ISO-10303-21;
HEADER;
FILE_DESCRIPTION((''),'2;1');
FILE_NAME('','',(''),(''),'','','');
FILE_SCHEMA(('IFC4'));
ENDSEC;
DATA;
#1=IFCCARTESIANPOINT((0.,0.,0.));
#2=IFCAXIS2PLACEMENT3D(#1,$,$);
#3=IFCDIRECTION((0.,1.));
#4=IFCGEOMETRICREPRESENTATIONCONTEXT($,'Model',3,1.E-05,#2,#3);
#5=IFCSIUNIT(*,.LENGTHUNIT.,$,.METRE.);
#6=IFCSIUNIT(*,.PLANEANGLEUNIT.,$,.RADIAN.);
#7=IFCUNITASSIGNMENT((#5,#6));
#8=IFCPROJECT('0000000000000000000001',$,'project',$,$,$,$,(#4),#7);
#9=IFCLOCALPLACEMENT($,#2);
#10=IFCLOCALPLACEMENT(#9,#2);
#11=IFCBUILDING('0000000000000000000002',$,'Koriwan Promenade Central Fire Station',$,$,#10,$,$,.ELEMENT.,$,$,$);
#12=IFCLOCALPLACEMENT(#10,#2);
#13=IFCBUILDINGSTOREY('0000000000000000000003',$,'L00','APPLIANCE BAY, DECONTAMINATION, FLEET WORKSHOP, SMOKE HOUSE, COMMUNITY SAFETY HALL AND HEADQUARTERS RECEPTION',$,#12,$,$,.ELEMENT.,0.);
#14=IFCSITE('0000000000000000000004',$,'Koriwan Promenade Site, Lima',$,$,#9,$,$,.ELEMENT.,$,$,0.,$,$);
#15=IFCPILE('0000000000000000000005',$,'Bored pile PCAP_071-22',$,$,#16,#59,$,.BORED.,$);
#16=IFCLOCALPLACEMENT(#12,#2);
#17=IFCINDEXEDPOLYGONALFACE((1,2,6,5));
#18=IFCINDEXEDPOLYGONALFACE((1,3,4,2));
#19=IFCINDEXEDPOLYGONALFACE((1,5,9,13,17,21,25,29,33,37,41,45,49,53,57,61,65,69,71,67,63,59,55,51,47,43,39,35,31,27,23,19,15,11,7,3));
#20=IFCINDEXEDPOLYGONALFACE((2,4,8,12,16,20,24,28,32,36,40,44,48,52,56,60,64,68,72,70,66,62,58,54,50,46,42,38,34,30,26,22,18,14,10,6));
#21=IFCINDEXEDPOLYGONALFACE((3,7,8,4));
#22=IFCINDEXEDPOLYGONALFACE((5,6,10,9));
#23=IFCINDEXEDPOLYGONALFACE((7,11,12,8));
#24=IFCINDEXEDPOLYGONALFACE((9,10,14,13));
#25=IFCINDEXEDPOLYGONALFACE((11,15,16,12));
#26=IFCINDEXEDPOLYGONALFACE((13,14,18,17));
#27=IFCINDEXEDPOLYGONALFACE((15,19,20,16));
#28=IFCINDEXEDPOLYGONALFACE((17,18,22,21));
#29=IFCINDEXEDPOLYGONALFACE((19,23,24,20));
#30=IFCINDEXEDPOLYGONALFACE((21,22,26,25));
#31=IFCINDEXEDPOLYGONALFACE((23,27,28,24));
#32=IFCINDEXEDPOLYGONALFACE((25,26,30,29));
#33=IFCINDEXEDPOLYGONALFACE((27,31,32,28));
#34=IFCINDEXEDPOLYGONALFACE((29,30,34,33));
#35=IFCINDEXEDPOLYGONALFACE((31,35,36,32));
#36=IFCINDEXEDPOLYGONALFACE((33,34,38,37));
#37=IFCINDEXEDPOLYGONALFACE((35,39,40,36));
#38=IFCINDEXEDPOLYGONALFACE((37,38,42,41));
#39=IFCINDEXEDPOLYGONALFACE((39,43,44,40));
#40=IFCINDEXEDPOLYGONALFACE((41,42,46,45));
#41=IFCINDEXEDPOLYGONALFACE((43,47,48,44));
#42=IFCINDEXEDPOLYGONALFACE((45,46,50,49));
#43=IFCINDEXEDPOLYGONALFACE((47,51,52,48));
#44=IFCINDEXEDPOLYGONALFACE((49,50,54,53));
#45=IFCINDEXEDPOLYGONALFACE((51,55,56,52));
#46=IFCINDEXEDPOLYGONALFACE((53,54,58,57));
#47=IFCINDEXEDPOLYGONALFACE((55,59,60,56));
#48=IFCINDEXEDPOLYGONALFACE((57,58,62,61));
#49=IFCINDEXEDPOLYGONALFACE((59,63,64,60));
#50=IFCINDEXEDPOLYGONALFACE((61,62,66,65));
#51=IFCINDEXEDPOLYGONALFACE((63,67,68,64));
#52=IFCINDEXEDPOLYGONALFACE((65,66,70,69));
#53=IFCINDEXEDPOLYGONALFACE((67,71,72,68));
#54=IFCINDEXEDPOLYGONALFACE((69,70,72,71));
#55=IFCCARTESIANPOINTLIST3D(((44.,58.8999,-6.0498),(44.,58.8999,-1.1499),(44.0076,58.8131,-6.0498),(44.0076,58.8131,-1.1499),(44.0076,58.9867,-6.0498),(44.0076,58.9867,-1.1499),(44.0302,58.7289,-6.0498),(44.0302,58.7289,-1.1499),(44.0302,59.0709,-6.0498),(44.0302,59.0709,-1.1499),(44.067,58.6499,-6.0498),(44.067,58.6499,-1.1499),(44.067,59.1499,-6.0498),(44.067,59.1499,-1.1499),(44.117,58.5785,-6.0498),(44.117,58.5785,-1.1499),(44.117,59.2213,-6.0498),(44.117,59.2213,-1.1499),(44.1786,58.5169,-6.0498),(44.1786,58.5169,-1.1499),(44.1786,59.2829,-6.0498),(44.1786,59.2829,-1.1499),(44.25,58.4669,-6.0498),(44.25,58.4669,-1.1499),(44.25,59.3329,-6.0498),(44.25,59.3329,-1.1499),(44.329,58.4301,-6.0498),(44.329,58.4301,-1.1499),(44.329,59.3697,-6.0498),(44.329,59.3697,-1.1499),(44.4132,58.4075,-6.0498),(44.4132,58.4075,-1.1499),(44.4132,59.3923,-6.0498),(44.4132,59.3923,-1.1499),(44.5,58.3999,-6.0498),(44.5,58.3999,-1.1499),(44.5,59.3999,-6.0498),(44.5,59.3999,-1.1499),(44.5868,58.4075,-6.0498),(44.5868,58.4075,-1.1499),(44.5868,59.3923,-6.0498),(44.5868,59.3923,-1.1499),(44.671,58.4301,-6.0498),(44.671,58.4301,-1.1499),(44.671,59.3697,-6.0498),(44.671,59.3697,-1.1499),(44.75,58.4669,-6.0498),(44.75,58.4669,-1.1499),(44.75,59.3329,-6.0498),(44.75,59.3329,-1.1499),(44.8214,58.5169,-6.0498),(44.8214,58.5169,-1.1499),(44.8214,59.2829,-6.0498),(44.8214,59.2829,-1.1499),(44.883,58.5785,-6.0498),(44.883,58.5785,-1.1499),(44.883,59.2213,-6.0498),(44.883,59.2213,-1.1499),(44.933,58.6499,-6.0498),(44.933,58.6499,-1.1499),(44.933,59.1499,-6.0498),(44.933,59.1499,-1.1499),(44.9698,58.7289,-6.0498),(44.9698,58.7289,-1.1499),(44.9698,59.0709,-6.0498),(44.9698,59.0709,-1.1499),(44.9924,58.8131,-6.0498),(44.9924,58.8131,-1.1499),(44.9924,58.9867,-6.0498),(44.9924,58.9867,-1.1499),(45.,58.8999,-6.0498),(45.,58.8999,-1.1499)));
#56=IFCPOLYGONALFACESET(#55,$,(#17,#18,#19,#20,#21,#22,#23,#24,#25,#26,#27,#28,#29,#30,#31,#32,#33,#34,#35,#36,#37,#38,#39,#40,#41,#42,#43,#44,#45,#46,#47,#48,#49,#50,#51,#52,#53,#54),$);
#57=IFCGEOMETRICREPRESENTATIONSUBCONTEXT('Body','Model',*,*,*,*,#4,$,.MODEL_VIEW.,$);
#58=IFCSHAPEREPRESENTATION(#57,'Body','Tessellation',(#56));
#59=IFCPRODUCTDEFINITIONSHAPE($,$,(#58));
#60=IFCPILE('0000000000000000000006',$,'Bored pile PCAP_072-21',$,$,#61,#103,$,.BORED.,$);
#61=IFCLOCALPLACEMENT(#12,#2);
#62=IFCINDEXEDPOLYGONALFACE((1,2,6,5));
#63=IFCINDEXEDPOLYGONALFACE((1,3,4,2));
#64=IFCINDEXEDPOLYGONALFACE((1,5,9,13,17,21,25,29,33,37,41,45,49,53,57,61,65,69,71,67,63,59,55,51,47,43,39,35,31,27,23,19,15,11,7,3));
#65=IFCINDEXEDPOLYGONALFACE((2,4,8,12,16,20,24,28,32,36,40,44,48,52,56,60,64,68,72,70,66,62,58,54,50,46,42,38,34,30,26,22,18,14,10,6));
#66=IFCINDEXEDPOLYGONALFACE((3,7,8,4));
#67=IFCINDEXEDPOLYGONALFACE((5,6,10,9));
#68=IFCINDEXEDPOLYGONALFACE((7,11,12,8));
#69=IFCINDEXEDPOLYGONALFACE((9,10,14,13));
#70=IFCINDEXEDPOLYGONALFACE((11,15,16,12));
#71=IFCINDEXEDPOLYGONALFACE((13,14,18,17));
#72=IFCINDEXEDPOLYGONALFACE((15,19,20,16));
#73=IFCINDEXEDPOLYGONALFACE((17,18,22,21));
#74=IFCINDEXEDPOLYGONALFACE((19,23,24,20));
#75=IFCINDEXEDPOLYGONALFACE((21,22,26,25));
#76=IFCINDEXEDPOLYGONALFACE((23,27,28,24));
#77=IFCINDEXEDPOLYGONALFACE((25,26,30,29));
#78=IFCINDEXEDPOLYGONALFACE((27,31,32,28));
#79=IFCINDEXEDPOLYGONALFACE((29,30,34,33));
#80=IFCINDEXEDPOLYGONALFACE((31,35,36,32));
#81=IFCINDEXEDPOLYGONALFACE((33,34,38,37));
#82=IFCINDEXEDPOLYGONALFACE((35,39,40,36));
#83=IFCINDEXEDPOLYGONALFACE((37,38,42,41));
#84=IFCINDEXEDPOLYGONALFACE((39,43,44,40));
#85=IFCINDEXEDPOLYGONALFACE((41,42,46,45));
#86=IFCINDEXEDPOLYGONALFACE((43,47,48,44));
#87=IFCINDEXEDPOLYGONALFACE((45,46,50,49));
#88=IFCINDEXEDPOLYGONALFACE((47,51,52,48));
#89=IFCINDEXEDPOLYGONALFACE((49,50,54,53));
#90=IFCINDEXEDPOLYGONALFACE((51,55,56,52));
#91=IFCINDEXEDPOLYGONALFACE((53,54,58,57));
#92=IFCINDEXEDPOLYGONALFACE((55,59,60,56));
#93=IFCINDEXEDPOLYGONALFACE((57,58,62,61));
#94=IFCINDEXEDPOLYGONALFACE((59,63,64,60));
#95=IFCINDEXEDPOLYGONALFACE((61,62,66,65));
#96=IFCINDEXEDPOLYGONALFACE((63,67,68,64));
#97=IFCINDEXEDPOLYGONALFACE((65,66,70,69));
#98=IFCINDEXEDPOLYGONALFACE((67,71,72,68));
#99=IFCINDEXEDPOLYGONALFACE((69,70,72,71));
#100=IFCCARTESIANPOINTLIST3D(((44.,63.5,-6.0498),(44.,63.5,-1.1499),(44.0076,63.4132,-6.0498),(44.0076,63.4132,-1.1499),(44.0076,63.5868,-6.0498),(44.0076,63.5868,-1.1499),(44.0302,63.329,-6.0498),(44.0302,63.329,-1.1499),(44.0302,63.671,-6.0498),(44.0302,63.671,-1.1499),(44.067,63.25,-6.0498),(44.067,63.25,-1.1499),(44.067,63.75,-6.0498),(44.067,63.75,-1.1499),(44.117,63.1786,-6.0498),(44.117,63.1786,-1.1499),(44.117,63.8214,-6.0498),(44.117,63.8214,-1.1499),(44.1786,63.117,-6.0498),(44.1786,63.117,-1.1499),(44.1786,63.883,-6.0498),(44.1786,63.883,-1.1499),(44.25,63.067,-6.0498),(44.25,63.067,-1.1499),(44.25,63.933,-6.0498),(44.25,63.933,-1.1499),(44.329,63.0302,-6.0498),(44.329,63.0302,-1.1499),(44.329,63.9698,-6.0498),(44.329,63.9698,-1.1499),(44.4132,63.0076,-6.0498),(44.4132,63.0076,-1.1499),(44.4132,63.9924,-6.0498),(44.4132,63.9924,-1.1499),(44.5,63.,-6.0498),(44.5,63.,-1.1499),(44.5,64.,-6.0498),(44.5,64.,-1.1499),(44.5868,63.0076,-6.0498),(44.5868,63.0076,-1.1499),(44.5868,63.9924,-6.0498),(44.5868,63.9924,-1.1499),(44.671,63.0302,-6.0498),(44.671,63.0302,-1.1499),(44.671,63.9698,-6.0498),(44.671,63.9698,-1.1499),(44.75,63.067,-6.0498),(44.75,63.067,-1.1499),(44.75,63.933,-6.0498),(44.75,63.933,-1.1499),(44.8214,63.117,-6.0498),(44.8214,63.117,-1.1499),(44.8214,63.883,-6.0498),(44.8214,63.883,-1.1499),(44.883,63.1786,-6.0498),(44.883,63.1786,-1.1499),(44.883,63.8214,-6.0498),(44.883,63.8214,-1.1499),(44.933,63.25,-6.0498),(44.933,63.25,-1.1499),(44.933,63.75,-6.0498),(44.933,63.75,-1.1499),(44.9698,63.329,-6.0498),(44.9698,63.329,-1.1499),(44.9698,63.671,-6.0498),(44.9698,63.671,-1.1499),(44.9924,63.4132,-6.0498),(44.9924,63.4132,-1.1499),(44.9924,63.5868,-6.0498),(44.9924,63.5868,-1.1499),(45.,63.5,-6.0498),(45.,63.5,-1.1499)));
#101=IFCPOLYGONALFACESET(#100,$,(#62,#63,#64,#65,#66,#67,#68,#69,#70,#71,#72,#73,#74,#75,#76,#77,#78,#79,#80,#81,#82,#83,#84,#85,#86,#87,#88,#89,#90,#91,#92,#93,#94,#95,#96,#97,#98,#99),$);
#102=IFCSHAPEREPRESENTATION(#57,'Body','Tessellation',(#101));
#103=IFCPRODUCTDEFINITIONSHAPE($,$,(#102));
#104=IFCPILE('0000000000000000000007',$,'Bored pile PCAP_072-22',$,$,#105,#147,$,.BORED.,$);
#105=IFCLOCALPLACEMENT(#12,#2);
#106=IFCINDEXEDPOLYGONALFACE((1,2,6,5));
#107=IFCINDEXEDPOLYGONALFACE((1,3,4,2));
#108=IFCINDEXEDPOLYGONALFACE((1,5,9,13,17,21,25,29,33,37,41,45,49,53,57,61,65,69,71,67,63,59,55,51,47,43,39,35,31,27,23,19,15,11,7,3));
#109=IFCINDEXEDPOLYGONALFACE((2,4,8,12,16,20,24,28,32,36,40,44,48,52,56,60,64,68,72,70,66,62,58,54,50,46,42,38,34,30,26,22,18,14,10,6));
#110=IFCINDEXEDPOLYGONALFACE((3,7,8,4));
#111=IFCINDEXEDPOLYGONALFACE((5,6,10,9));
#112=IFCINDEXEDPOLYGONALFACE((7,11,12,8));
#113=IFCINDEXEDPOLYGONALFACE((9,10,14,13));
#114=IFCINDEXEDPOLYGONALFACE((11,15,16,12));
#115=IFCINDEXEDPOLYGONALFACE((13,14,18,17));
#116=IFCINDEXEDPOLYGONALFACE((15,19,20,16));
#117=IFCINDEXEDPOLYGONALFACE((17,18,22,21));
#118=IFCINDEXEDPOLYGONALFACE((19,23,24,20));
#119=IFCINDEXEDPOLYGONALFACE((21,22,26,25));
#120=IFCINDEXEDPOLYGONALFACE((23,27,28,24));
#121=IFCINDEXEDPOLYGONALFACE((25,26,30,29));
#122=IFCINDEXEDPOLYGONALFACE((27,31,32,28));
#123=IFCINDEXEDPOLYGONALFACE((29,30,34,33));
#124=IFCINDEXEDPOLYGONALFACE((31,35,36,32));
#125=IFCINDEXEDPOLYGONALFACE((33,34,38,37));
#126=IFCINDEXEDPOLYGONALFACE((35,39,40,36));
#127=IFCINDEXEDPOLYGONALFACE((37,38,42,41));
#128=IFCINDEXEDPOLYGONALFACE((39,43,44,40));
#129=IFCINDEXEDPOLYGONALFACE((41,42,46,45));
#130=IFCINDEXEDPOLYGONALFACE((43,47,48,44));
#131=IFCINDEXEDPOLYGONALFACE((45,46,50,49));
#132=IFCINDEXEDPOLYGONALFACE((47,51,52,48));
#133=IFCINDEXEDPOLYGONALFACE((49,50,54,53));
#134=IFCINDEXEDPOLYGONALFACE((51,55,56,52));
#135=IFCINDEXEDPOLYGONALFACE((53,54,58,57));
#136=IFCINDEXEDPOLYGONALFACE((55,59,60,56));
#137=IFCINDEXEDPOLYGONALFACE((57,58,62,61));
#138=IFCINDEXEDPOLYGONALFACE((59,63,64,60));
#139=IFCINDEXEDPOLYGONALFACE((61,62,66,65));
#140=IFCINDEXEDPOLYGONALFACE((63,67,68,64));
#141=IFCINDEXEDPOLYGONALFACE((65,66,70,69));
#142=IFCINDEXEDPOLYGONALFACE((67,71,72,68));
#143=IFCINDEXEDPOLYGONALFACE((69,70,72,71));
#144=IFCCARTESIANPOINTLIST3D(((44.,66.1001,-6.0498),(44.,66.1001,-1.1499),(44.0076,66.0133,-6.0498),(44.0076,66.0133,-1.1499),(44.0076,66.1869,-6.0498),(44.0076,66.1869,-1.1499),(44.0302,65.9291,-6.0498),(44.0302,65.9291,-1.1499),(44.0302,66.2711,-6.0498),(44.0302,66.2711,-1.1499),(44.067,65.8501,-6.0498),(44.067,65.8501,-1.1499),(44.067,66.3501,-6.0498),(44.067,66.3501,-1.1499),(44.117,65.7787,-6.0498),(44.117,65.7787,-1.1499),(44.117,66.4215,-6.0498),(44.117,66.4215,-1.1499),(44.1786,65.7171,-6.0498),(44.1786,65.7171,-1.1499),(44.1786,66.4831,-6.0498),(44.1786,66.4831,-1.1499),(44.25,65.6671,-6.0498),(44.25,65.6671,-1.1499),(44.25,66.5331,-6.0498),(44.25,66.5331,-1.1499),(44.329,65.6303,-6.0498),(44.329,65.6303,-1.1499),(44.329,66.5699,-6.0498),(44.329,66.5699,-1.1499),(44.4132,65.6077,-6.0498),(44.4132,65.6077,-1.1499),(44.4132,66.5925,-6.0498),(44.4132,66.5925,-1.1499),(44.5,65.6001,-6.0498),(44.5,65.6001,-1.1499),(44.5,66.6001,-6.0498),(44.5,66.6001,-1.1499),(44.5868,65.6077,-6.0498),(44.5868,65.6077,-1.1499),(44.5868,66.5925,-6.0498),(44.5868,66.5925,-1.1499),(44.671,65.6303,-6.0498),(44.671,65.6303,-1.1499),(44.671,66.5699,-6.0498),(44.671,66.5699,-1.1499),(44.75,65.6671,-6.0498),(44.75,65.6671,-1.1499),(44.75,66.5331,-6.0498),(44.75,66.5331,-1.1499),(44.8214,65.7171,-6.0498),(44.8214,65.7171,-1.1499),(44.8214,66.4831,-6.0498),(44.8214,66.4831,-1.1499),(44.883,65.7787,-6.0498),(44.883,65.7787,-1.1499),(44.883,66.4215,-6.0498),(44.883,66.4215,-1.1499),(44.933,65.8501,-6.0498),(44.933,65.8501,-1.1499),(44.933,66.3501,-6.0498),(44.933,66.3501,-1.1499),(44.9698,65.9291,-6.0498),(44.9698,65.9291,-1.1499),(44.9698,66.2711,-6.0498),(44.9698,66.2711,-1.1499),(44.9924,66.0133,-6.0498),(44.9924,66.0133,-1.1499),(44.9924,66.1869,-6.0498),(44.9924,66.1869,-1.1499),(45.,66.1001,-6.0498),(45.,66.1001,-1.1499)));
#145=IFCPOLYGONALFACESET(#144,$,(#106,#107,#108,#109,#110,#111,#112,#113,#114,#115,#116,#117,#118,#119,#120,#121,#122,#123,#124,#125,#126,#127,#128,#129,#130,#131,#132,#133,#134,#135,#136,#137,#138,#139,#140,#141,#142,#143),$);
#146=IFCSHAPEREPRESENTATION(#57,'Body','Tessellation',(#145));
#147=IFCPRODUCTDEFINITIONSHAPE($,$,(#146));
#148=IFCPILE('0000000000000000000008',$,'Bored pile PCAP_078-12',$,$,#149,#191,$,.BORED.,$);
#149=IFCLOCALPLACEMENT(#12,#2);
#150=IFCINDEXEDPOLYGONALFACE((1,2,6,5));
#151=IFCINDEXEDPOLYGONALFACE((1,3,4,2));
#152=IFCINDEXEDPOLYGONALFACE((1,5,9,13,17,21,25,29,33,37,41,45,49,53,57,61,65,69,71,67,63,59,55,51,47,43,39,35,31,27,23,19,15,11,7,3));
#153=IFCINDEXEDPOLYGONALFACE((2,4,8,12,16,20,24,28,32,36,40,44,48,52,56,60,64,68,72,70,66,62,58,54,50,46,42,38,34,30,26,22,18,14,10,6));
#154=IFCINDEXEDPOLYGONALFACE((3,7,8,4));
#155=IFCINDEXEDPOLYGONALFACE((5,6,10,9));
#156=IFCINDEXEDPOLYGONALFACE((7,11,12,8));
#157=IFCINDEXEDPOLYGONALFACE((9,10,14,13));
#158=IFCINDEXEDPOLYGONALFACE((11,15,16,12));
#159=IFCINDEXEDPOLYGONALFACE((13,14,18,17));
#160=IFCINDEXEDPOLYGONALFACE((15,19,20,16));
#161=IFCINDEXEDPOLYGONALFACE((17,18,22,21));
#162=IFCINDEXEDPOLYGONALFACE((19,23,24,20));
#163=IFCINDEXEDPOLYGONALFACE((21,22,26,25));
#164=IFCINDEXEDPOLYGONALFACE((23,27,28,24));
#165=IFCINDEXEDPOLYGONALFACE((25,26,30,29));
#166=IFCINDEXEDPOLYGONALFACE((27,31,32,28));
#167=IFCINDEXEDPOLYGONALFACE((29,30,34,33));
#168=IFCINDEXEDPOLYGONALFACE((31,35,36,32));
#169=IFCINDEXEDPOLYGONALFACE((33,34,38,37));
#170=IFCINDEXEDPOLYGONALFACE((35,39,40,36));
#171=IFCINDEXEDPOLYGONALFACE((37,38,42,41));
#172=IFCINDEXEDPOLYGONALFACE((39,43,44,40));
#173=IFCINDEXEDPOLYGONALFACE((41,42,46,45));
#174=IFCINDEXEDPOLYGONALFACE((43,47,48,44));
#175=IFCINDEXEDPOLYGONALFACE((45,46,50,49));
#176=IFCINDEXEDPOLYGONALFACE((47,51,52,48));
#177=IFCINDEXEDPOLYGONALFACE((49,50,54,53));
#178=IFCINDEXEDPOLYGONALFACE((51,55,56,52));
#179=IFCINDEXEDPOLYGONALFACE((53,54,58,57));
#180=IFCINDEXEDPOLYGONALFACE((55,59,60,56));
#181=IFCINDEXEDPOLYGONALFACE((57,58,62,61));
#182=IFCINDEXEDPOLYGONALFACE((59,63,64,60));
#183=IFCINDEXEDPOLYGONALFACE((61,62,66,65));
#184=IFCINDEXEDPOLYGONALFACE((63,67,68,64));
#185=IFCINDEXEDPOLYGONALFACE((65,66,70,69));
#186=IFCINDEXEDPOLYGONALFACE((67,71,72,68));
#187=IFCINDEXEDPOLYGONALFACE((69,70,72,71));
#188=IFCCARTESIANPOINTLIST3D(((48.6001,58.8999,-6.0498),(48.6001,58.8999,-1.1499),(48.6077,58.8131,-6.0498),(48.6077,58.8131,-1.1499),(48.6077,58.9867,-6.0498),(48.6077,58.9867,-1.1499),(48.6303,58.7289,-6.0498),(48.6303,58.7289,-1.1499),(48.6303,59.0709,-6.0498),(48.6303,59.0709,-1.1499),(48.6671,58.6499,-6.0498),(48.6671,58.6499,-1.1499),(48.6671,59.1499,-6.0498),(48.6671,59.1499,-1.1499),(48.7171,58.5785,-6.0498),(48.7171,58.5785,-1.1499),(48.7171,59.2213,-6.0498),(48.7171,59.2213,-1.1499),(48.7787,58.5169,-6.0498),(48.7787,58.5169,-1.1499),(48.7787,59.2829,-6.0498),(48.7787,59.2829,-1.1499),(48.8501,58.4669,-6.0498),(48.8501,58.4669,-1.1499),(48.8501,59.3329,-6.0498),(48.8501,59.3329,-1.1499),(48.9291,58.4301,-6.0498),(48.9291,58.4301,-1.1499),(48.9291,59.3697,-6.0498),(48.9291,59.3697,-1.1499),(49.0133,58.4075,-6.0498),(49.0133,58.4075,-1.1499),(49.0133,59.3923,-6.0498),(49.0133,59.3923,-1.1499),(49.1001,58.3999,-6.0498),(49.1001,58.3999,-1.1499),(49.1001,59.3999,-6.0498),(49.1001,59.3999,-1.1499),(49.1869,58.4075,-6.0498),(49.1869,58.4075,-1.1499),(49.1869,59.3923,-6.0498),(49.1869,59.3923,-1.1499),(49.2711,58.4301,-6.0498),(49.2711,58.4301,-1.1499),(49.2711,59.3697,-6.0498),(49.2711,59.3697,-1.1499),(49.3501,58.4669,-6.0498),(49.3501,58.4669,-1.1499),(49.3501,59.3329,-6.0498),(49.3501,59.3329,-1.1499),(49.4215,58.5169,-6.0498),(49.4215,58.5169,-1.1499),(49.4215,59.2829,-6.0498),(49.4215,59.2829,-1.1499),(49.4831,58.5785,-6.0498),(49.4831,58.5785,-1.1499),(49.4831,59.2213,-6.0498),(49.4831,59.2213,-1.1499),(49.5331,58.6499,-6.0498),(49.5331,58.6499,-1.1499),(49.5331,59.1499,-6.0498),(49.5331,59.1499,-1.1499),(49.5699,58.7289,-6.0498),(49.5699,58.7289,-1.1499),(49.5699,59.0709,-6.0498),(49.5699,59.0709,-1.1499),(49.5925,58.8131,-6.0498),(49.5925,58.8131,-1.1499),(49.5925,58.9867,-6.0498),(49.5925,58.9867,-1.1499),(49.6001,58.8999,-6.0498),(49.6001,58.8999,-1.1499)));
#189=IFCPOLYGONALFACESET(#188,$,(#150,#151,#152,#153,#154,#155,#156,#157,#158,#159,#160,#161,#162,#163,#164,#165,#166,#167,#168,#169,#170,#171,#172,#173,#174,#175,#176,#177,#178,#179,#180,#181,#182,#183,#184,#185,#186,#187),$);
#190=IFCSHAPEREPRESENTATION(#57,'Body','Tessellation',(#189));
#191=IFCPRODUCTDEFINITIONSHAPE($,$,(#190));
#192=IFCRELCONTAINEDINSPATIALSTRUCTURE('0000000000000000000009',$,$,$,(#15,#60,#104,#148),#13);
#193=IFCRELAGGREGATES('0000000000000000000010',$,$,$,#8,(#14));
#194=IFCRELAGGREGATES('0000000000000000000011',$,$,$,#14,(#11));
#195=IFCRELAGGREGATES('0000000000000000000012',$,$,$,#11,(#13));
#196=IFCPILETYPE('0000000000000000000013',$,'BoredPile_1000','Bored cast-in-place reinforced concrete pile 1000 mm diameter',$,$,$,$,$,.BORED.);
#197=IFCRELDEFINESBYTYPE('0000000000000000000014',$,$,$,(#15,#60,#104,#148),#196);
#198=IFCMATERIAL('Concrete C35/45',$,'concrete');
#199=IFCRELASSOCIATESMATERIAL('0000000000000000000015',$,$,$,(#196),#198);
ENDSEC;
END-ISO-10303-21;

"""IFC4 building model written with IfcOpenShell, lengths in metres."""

from ifc_helpers import new_model, si_unit, direction, frame, origin, origin_2d, place, context, subcontext, project, spatial, circle, extrude, material, material_profile, profile_set, type_object, element, save


model = new_model("IFC4")

# Units and contexts
model_context = context("Model", 3, precision=1e-05, world=origin(), true_north=direction((0.0, 1.0)))
body_context = subcontext(model_context, "Body", "Model", "MODEL_VIEW")
ifc_project = project(units=[si_unit("LENGTHUNIT", "METRE"), si_unit("PLANEANGLEUNIT", "RADIAN")], contexts=[model_context])

# Site, building, storey
site_placement = place(None, origin())
site = spatial("IfcSite", under=ifc_project, at=site_placement, Name="Koriwan Promenade Site, Lima", CompositionType="ELEMENT", RefElevation=0.0)
building_placement = place(site_placement, origin())
building = spatial("IfcBuilding", under=site, at=building_placement, Name="Koriwan Promenade Central Fire Station", CompositionType="ELEMENT")
storey_placement = place(building_placement, origin())
storey = spatial("IfcBuildingStorey", under=building, at=storey_placement, Name="L00", Description="APPLIANCE BAY, DECONTAMINATION, FLEET WORKSHOP, SMOKE HOUSE, COMMUNITY SAFETY HALL AND HEADQUARTERS RECEPTION", CompositionType="ELEMENT", Elevation=0.0)

# Piles
ifc_material_1 = material(Name="Concrete C35/45", Category="concrete")
ifc_material_profile_1 = material_profile(ifc_material_1, circle(Radius=0.5, at=origin_2d()), Name="PILE-D1000")
ifc_profile_set_1 = profile_set([ifc_material_profile_1], Name="Concrete C35/45")
pile_type = type_object("IfcPileType", Name="BoredPile_1000", Description="Bored cast-in-place reinforced concrete pile 1000 mm diameter", PredefinedType="BORED", material=ifc_profile_set_1)
for number, where, z_axis, x_axis, name in (
    (1, (44.5, 58.8999, -1.1499), (0.0, 0.0, -1.0), (1.0, 0.0, 0.0), "Bored pile PCAP_071-22"),
    (2, (44.5, 63.5, -1.1499), (0.0, 0.0, -1.0), (1.0, 0.0, 0.0), "Bored pile PCAP_072-21"),
    (3, (44.5, 66.1001, -1.1499), (0.0, 0.0, -1.0), (1.0, 0.0, 0.0), "Bored pile PCAP_072-22"),
    (4, (49.1001, 58.8999, -1.1499), (0.0, 0.0, -1.0), (1.0, 0.0, 0.0), "Bored pile PCAP_078-12"),
):
    element("IfcPile", number, at=place(storey_placement, frame(where, z_axis=z_axis, x_axis=x_axis)), inside=storey, type_object=pile_type, Name=name, PredefinedType="BORED", context=body_context, shape_type="SweptSolid", body=[
        extrude(circle(Radius=0.5, at=origin_2d()), origin(), (0.0, 0.0, 1.0), 4.8999),
    ])

save(model, "model.ifc")
